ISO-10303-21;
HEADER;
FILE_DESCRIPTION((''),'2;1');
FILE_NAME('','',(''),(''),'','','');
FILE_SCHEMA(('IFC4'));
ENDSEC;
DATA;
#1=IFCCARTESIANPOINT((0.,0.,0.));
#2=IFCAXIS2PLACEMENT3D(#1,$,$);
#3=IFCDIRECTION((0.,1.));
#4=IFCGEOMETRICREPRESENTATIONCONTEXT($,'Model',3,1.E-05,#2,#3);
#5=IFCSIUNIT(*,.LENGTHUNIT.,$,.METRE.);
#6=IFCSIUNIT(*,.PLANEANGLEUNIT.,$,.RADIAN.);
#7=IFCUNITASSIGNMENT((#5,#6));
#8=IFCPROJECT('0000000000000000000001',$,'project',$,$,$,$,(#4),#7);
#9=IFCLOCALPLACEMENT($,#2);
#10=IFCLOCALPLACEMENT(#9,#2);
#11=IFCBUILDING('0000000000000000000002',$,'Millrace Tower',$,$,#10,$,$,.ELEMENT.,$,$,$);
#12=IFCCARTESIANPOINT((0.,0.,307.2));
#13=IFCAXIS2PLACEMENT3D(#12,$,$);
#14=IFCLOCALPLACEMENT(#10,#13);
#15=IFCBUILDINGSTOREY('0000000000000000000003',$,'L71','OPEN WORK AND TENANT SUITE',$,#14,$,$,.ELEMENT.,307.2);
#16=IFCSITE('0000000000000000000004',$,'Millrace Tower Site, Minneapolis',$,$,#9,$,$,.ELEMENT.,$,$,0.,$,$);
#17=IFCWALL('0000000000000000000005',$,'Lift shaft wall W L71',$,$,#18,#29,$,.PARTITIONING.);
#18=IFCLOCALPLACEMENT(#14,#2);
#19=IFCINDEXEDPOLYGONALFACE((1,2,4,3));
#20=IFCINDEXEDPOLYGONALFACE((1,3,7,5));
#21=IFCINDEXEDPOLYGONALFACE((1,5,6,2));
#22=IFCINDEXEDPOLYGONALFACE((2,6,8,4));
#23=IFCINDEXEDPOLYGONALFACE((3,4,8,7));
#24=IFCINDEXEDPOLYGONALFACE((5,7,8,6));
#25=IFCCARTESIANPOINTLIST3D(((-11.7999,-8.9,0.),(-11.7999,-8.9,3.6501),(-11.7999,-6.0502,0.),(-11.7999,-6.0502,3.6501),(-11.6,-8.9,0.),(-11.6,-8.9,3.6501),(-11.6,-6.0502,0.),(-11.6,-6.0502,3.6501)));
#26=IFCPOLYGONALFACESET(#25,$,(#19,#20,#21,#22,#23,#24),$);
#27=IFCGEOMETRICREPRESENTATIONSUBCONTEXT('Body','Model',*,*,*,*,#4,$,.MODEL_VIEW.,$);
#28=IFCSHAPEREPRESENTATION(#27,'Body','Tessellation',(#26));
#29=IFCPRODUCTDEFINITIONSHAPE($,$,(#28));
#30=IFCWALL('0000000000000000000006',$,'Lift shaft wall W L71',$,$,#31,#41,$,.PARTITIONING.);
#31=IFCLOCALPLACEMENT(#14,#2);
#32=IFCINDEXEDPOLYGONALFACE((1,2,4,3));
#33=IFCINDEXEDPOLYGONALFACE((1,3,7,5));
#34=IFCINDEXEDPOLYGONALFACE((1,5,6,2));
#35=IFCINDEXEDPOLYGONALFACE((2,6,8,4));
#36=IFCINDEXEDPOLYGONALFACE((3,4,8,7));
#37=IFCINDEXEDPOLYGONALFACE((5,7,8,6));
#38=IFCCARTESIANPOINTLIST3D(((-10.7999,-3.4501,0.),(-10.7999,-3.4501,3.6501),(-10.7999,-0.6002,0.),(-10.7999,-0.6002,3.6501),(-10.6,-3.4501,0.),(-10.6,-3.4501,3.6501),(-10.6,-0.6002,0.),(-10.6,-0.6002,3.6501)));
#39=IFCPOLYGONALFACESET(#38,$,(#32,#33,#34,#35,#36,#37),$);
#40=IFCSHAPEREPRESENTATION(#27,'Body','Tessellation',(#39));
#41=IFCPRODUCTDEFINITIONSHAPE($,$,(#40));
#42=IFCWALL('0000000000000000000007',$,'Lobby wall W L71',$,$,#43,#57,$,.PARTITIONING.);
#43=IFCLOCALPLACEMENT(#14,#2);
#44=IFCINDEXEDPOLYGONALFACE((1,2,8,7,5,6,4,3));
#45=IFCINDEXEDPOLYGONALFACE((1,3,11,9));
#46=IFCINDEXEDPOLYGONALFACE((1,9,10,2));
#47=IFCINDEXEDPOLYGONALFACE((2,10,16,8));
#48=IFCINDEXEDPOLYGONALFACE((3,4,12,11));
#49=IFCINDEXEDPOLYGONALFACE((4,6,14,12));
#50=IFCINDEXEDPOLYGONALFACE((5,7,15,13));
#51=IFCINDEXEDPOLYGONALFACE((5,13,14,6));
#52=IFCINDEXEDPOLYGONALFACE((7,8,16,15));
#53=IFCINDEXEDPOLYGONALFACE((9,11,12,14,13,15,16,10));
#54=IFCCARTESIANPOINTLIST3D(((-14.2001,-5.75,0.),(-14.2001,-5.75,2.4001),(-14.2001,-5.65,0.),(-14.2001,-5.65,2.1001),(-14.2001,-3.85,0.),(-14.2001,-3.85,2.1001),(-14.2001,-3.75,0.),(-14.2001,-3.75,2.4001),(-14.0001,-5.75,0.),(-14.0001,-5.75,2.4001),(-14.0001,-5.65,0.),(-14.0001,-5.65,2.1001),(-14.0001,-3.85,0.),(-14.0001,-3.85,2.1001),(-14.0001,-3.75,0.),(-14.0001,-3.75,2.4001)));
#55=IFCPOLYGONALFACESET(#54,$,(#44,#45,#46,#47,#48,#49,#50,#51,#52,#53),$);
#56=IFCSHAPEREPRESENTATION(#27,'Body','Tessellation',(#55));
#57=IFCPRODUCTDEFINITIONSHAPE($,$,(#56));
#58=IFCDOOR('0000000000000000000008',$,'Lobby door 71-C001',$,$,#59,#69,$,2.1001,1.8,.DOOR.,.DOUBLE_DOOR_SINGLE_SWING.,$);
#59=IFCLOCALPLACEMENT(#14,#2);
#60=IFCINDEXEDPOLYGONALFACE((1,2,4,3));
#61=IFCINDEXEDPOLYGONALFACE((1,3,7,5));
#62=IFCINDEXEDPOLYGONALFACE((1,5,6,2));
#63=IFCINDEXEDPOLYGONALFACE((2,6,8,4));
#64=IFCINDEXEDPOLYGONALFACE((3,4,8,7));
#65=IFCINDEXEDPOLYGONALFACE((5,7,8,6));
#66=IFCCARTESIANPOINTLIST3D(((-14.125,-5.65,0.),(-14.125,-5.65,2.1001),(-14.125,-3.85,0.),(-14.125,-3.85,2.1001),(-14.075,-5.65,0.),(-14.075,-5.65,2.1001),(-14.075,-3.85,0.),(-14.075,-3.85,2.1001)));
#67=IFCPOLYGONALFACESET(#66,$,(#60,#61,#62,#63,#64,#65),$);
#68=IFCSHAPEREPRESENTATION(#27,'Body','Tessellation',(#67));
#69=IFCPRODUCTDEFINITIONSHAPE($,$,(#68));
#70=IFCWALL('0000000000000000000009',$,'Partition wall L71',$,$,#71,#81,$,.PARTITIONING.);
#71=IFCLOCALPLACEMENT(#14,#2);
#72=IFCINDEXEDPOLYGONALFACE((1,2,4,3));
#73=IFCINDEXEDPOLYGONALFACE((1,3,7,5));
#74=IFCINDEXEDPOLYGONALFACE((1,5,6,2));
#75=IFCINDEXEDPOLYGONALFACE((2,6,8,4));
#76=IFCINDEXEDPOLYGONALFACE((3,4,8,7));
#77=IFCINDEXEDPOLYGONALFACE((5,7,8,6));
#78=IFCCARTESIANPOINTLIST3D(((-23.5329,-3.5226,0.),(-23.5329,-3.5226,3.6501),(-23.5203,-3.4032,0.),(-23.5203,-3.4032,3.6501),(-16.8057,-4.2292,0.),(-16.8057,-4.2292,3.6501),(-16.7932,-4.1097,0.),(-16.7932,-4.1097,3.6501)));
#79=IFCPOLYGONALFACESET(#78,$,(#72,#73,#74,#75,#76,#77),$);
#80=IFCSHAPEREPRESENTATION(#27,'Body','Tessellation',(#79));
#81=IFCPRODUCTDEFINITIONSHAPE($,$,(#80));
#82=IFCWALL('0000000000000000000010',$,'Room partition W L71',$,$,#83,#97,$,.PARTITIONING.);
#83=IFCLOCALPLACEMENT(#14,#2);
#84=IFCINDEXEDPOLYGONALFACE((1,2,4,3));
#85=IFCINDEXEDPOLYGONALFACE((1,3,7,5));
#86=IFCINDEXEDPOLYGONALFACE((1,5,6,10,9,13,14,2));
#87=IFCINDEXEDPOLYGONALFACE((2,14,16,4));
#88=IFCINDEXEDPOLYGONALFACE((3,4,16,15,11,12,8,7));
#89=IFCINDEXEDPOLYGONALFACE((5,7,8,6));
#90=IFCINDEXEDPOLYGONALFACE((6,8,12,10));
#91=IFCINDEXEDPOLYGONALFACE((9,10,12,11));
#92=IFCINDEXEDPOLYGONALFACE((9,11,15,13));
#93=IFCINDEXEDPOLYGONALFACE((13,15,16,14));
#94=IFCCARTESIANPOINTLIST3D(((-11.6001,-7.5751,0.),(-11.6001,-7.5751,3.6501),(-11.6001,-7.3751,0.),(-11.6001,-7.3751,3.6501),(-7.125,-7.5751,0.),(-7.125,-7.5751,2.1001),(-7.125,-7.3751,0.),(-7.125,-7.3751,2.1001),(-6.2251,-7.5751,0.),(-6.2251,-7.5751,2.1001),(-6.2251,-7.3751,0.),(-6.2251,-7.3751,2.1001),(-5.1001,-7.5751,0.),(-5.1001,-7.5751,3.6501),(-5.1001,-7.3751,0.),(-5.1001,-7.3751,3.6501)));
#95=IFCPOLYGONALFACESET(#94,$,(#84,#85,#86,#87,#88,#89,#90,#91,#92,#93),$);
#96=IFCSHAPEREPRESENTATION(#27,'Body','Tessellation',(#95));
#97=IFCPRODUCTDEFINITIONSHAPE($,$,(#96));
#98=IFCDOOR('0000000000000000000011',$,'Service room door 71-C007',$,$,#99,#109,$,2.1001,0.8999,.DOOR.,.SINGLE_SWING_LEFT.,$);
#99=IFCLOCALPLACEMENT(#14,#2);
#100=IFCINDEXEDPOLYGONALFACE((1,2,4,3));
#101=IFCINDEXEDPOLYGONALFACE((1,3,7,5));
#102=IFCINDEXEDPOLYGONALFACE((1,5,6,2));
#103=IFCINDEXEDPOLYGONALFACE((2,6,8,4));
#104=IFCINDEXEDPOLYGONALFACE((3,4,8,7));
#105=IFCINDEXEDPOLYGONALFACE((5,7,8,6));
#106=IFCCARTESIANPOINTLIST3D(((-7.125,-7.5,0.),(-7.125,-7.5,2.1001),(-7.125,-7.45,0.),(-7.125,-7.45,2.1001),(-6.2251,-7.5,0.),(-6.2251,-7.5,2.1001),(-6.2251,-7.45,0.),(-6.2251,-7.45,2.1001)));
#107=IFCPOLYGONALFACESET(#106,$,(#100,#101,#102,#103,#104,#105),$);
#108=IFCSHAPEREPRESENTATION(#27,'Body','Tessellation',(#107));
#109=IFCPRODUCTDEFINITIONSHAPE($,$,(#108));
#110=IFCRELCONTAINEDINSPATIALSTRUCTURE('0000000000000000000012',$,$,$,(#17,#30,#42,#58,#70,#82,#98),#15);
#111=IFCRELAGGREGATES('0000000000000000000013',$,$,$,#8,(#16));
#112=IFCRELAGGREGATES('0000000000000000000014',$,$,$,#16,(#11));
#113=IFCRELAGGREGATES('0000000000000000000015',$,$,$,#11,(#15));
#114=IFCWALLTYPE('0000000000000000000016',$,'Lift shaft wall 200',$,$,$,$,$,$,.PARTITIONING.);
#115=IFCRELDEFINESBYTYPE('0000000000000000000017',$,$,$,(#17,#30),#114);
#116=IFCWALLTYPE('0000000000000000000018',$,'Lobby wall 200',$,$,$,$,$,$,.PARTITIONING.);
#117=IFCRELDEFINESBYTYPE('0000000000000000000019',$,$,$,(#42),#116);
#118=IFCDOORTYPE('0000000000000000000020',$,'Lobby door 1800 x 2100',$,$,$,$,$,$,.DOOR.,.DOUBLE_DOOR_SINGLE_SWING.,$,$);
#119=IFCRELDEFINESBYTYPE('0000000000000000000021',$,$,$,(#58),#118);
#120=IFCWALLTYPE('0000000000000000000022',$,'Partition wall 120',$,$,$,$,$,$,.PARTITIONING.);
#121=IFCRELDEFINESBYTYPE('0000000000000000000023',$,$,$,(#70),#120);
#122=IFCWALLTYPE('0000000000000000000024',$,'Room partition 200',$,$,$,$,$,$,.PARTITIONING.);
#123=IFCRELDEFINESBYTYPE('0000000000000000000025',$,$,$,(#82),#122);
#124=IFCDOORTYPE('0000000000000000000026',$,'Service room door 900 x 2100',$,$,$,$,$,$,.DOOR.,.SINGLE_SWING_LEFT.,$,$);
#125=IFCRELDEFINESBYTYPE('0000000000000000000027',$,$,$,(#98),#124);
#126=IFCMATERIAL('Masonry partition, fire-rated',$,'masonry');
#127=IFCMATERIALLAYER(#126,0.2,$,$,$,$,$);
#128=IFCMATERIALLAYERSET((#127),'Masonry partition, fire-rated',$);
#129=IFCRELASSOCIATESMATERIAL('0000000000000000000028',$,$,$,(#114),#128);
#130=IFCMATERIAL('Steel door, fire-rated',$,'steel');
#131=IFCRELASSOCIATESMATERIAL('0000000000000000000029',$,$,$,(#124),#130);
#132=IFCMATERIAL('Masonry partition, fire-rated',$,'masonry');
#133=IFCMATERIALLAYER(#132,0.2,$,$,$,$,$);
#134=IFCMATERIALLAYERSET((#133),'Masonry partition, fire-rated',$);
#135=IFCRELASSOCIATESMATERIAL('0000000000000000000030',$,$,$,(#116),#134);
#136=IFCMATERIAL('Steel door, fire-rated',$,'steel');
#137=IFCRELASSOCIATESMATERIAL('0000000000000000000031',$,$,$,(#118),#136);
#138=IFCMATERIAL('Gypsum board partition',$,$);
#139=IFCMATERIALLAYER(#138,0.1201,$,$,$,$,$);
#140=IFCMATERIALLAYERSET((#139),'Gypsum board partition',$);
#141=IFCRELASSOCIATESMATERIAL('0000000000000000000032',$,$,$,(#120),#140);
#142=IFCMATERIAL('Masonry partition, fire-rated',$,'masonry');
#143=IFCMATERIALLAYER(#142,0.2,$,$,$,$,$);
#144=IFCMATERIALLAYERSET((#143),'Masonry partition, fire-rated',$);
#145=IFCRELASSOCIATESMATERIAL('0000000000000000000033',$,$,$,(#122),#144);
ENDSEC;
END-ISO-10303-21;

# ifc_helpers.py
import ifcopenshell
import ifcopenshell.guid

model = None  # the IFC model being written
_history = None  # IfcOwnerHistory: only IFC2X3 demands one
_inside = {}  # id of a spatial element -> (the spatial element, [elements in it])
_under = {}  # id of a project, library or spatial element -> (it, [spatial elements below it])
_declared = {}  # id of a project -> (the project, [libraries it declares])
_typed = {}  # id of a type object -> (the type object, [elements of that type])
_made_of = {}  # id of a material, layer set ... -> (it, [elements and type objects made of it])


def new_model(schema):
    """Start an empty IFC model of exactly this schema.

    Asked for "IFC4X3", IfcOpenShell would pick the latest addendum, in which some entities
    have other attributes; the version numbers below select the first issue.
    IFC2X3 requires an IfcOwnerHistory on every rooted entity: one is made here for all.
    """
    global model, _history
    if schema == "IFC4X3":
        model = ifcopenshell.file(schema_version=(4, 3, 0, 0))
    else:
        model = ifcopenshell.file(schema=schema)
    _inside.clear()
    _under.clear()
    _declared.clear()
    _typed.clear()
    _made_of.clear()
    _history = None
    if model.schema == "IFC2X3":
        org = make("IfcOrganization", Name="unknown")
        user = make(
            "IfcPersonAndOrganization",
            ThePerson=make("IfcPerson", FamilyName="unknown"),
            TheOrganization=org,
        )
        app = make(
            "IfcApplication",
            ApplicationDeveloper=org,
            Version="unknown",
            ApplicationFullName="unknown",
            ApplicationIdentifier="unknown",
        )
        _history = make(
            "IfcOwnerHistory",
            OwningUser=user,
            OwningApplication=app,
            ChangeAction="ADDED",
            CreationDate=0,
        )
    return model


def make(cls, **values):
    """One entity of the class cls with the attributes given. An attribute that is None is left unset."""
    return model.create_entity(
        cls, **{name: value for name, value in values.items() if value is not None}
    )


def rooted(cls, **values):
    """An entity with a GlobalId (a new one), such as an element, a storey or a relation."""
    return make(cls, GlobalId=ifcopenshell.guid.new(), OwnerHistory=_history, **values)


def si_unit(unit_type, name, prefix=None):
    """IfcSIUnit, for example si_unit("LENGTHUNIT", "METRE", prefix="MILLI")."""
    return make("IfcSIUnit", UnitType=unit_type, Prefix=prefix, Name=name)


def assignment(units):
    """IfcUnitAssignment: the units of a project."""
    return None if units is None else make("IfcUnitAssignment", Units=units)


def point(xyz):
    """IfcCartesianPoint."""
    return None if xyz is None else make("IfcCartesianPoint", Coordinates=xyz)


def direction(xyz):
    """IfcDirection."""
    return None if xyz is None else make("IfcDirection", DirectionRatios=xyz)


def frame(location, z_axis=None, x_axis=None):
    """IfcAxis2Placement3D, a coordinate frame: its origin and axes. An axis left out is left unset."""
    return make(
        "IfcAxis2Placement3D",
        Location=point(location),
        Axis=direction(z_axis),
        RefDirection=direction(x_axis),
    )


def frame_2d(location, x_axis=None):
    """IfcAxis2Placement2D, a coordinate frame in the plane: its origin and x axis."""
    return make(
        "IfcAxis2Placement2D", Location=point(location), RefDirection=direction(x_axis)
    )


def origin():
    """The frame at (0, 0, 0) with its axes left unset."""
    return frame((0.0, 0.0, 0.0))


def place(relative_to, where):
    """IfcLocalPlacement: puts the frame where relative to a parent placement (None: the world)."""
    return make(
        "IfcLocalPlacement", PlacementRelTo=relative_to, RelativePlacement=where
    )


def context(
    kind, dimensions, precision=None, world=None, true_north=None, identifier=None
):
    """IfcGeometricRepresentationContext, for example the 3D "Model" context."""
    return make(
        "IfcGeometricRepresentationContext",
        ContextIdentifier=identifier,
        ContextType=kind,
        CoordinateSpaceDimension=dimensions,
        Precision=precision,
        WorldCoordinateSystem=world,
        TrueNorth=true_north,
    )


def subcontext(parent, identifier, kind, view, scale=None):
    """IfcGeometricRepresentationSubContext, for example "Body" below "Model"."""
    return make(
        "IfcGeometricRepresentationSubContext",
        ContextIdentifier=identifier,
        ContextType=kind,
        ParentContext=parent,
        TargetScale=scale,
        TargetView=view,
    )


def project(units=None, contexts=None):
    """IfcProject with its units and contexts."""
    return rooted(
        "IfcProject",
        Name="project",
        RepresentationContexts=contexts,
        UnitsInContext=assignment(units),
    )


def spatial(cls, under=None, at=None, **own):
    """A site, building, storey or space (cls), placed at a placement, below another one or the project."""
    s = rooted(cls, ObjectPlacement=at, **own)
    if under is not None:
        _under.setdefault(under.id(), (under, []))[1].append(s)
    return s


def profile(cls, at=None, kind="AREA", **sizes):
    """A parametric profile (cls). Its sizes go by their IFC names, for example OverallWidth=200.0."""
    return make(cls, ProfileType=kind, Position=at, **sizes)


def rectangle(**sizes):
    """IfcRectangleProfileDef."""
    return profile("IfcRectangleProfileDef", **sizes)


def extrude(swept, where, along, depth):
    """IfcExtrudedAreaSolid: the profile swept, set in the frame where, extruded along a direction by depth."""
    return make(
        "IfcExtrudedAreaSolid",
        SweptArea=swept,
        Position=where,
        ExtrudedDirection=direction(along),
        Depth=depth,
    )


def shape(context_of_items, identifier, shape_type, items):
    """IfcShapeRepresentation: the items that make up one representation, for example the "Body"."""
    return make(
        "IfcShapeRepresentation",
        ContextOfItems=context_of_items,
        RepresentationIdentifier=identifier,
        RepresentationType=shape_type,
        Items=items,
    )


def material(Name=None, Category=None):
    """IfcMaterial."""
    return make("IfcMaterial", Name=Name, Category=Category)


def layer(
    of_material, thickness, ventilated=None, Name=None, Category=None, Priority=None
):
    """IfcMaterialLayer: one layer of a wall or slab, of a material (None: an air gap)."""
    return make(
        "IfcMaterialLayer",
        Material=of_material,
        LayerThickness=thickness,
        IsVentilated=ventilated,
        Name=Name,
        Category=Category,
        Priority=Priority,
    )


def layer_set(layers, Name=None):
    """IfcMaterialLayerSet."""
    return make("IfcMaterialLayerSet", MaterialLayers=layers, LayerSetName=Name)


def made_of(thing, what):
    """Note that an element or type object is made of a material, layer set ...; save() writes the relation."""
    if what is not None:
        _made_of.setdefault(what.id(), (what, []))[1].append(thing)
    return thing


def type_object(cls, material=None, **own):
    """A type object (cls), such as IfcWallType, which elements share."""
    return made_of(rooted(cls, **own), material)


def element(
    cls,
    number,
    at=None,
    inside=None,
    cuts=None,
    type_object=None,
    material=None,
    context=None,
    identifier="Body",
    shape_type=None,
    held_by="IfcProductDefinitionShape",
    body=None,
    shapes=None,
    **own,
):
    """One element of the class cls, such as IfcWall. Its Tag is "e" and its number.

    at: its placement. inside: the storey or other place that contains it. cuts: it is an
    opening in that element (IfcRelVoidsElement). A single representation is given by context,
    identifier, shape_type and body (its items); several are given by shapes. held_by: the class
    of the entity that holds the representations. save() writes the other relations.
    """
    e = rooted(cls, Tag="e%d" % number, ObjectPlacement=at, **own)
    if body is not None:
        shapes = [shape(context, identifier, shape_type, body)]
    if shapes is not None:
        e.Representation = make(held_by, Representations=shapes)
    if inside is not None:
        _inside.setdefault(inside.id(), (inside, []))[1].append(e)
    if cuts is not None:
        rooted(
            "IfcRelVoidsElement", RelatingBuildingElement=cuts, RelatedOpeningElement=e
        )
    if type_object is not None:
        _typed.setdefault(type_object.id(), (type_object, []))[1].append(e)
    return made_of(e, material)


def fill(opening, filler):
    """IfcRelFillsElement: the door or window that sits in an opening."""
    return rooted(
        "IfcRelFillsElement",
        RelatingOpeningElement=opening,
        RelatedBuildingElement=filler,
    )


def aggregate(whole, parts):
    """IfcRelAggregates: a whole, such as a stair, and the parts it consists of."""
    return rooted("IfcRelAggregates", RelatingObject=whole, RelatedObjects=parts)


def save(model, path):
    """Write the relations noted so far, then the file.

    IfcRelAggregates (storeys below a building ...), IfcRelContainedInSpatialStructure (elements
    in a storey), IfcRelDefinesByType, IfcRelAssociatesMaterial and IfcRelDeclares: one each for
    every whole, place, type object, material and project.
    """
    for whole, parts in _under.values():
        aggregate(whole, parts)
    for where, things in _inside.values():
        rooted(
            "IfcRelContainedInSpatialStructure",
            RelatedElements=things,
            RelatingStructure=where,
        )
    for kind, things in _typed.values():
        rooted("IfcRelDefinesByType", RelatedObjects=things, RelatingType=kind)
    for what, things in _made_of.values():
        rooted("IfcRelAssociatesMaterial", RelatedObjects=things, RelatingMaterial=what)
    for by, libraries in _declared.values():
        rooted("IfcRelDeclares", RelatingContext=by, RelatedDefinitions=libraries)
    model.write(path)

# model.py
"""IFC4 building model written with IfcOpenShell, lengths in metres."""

from ifc_helpers import new_model, si_unit, direction, frame, frame_2d, origin, place, context, subcontext, project, spatial, rectangle, extrude, material, layer, layer_set, type_object, element, fill, save


model = new_model("IFC4")

# Units and contexts
model_context = context("Model", 3, precision=1e-05, world=origin(), true_north=direction((0.0, 1.0)))
body_context = subcontext(model_context, "Body", "Model", "MODEL_VIEW")
ifc_project = project(units=[si_unit("LENGTHUNIT", "METRE"), si_unit("PLANEANGLEUNIT", "RADIAN")], contexts=[model_context])

# Site, building, storey
site_placement = place(None, origin())
site = spatial("IfcSite", under=ifc_project, at=site_placement, Name="Millrace Tower Site, Minneapolis", CompositionType="ELEMENT", RefElevation=0.0)
building_placement = place(site_placement, origin())
building = spatial("IfcBuilding", under=site, at=building_placement, Name="Millrace Tower", CompositionType="ELEMENT")
storey_placement = place(building_placement, frame((0.0, 0.0, 307.2)))
storey = spatial("IfcBuildingStorey", under=building, at=storey_placement, Name="L71", Description="OPEN WORK AND TENANT SUITE", CompositionType="ELEMENT", Elevation=307.2)

# Shared definitions
ifc_material_1 = material(Name="Masonry partition, fire-rated", Category="masonry")
ifc_layer_1 = layer(ifc_material_1, 0.2)
ifc_layer_set_1 = layer_set([ifc_layer_1], Name="Masonry partition, fire-rated")
wall_type_1 = type_object("IfcWallType", Name="Lift shaft wall 200", PredefinedType="PARTITIONING", material=ifc_layer_set_1)
ifc_material_2 = material(Name="Steel door, fire-rated", Category="steel")
door_type_1 = type_object("IfcDoorType", Name="Service room door 900 x 2100", OperationType="SINGLE_SWING_LEFT", PredefinedType="DOOR", material=ifc_material_2)

# Walls
for number, where, z_axis, x_axis, name in (
    (1, (-11.7, -8.8999, 0.0), (0.0, 0.0, 1.0), (0.0, 1.0, 0.0), "Lift shaft wall W L71"),
    (2, (-10.7, -3.45, 0.0), (0.0, 0.0, 1.0), (0.0, 1.0, 0.0), "Lift shaft wall W L71"),
):
    element("IfcWall", number, at=place(storey_placement, frame(where, z_axis=z_axis, x_axis=x_axis)), inside=storey, type_object=wall_type_1, Name=name, PredefinedType="PARTITIONING", context=body_context, shape_type="SweptSolid", body=[
        extrude(rectangle(XDim=2.8499, YDim=0.2, at=frame_2d((1.4248, 0.0))), origin(), (0.0, 0.0, 1.0), 3.6501),
    ])

# Wall, opening, door
ifc_material_3 = material(Name="Masonry partition, fire-rated", Category="masonry")
ifc_layer_2 = layer(ifc_material_3, 0.2)
ifc_layer_set_2 = layer_set([ifc_layer_2], Name="Masonry partition, fire-rated")
wall_type_2 = type_object("IfcWallType", Name="Lobby wall 200", PredefinedType="PARTITIONING", material=ifc_layer_set_2)
wall_1_placement = place(storey_placement, frame((-14.1001, -5.75, 0.0), z_axis=(0.0, 0.0, 1.0), x_axis=(0.0, 1.0, 0.0)))
wall_1 = element("IfcWall", 3, at=wall_1_placement, inside=storey, type_object=wall_type_2, Name="Lobby wall W L71", PredefinedType="PARTITIONING", context=body_context, shape_type="SweptSolid", body=[
    extrude(rectangle(XDim=2.0, YDim=0.2, at=frame_2d((1.0, 0.0))), origin(), (0.0, 0.0, 1.0), 2.4001),
])
opening_1_placement = place(wall_1_placement, frame((0.1001, 0.0, 0.0)))
opening_1 = element("IfcOpeningElement", 4, at=opening_1_placement, cuts=wall_1, PredefinedType="OPENING", context=body_context, shape_type="SweptSolid", body=[
    extrude(rectangle(XDim=1.8, YDim=2.1001, at=frame_2d((0.8999, 1.05))), frame((0.0, 0.1099, 0.0), z_axis=(0.0, -1.0, 0.0), x_axis=(1.0, 0.0, 0.0)), (0.0, 0.0, 1.0), 0.22),
])
ifc_material_4 = material(Name="Steel door, fire-rated", Category="steel")
door_type_2 = type_object("IfcDoorType", Name="Lobby door 1800 x 2100", OperationType="DOUBLE_DOOR_SINGLE_SWING", PredefinedType="DOOR", material=ifc_material_4)
door_1_placement = place(opening_1_placement, origin())
door_1 = element("IfcDoor", 5, at=door_1_placement, inside=storey, type_object=door_type_2, Name="Lobby door 71-C001", OperationType="DOUBLE_DOOR_SINGLE_SWING", OverallHeight=2.1001, OverallWidth=1.8, PredefinedType="DOOR", context=body_context, shape_type="SweptSolid", body=[
    extrude(rectangle(XDim=1.8, YDim=2.1001, at=frame_2d((0.8999, 1.05))), frame((0.0, 0.0249, 0.0), z_axis=(0.0, -1.0, 0.0), x_axis=(1.0, 0.0, 0.0)), (0.0, 0.0, 1.0), 0.05),
])
fill(opening_1, door_1)

# Wall
ifc_material_5 = material(Name="Gypsum board partition")
ifc_layer_3 = layer(ifc_material_5, 0.1201)
ifc_layer_set_3 = layer_set([ifc_layer_3], Name="Gypsum board partition")
wall_type_3 = type_object("IfcWallType", Name="Partition wall 120", PredefinedType="PARTITIONING", material=ifc_layer_set_3)
wall_2_placement = place(storey_placement, frame((-23.5266, -3.4629, 0.0), z_axis=(0.0, 0.0, 1.0), x_axis=(0.99453, -0.104456, 0.0)))
element("IfcWall", 6, at=wall_2_placement, inside=storey, type_object=wall_type_3, Name="Partition wall L71", PredefinedType="PARTITIONING", context=body_context, shape_type="SweptSolid", body=[
    extrude(rectangle(XDim=6.7642, YDim=0.1201, at=frame_2d((3.3821, 0.0))), origin(), (0.0, 0.0, 1.0), 3.6501),
])

# Wall, opening, door
ifc_material_6 = material(Name="Masonry partition, fire-rated", Category="masonry")
ifc_layer_4 = layer(ifc_material_6, 0.2)
ifc_layer_set_4 = layer_set([ifc_layer_4], Name="Masonry partition, fire-rated")
wall_type_4 = type_object("IfcWallType", Name="Room partition 200", PredefinedType="PARTITIONING", material=ifc_layer_set_4)
wall_3_placement = place(storey_placement, frame((-11.6001, -7.4751, 0.0), z_axis=(0.0, 0.0, 1.0), x_axis=(1.0, 0.0, 0.0)))
wall_3 = element("IfcWall", 7, at=wall_3_placement, inside=storey, type_object=wall_type_4, Name="Room partition W L71", PredefinedType="PARTITIONING", context=body_context, shape_type="SweptSolid", body=[
    extrude(rectangle(XDim=6.5, YDim=0.2, at=frame_2d((3.25, 0.0))), origin(), (0.0, 0.0, 1.0), 3.6501),
])
opening_2_placement = place(wall_3_placement, frame((4.4751, 0.0, 0.0)))
opening_2 = element("IfcOpeningElement", 8, at=opening_2_placement, cuts=wall_3, PredefinedType="OPENING", context=body_context, shape_type="SweptSolid", body=[
    extrude(rectangle(XDim=0.8999, YDim=2.1001, at=frame_2d((0.45, 1.05))), frame((0.0, 0.1099, 0.0), z_axis=(0.0, -1.0, 0.0), x_axis=(1.0, 0.0, 0.0)), (0.0, 0.0, 1.0), 0.22),
])
door_2_placement = place(opening_2_placement, frame((0.8999, 0.0, 0.0), z_axis=(0.0, 0.0, 1.0), x_axis=(-1.0, 0.0, 0.0)))
door_2 = element("IfcDoor", 9, at=door_2_placement, inside=storey, type_object=door_type_1, Name="Service room door 71-C007", OperationType="SINGLE_SWING_LEFT", OverallHeight=2.1001, OverallWidth=0.8999, PredefinedType="DOOR", context=body_context, shape_type="SweptSolid", body=[
    extrude(rectangle(XDim=0.8999, YDim=2.1001, at=frame_2d((0.45, 1.05))), frame((0.0, 0.0249, 0.0), z_axis=(0.0, -1.0, 0.0), x_axis=(1.0, 0.0, 0.0)), (0.0, 0.0, 1.0), 0.05),
])
fill(opening_2, door_2)

save(model, "model.ifc")
